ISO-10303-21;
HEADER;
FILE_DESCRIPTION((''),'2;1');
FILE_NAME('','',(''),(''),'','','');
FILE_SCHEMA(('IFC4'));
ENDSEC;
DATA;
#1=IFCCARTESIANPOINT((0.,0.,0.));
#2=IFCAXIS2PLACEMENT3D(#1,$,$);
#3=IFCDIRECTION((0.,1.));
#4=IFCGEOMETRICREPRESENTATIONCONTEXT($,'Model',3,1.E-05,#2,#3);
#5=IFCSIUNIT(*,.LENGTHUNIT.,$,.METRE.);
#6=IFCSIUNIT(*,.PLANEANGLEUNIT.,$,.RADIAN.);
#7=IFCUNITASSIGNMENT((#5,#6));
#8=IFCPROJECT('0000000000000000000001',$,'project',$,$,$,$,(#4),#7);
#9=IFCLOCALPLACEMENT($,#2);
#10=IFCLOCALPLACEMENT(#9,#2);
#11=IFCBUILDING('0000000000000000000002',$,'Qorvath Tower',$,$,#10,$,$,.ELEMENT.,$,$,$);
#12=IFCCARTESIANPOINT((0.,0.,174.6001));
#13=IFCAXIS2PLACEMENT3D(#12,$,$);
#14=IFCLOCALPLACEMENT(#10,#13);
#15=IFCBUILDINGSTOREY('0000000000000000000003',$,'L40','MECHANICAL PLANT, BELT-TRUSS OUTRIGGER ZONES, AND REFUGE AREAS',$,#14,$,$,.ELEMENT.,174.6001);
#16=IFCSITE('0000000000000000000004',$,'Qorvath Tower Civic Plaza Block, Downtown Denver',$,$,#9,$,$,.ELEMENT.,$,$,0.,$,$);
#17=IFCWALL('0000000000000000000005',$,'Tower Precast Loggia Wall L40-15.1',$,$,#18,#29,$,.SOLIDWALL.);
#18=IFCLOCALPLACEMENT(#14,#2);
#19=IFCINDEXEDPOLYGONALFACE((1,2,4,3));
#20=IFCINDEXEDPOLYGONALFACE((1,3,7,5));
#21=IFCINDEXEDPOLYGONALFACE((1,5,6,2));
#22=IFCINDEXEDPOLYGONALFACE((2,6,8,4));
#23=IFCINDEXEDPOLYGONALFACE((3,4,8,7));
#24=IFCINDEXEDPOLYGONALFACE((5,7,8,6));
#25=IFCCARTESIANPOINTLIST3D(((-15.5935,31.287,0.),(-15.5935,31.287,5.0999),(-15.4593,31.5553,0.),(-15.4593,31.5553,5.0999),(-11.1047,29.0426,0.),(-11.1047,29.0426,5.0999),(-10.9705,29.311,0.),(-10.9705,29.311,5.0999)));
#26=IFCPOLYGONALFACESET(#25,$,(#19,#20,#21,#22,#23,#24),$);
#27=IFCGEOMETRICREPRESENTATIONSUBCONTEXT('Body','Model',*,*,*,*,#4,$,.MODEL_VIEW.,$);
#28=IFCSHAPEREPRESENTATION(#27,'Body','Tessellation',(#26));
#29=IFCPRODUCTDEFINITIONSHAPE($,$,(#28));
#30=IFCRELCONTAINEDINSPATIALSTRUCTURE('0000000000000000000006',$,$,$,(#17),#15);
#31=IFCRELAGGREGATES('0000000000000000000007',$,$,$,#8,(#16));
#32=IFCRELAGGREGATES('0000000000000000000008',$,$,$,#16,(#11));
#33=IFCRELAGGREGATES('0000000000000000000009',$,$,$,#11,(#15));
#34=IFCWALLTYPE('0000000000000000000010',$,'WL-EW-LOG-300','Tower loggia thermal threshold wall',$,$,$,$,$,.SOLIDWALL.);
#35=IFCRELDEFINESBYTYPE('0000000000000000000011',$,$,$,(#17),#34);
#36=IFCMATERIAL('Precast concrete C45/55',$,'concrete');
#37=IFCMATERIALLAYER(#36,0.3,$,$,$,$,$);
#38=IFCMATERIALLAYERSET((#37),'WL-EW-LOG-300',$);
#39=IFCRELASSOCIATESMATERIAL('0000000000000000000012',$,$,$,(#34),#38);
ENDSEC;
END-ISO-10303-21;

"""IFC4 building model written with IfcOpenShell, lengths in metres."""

from ifc_helpers import new_model, si_unit, direction, frame, frame_2d, origin, place, context, subcontext, project, spatial, rectangle, extrude, material, layer, layer_set, type_object, element, save


model = new_model("IFC4")

# Units and contexts
model_context = context("Model", 3, precision=1e-05, world=origin(), true_north=direction((0.0, 1.0)))
body_context = subcontext(model_context, "Body", "Model", "MODEL_VIEW")
ifc_project = project(units=[si_unit("LENGTHUNIT", "METRE"), si_unit("PLANEANGLEUNIT", "RADIAN")], contexts=[model_context])

# Site, building, storey
site_placement = place(None, origin())
site = spatial("IfcSite", under=ifc_project, at=site_placement, Name="Qorvath Tower Civic Plaza Block, Downtown Denver", CompositionType="ELEMENT", RefElevation=0.0)
building_placement = place(site_placement, origin())
building = spatial("IfcBuilding", under=site, at=building_placement, Name="Qorvath Tower", CompositionType="ELEMENT")
storey_placement = place(building_placement, frame((0.0, 0.0, 174.6001)))
storey = spatial("IfcBuildingStorey", under=building, at=storey_placement, Name="L40", Description="MECHANICAL PLANT, BELT-TRUSS OUTRIGGER ZONES, AND REFUGE AREAS", CompositionType="ELEMENT", Elevation=174.6001)

# Wall
ifc_material_1 = material(Name="Precast concrete C45/55", Category="concrete")
ifc_layer_1 = layer(ifc_material_1, 0.3)
ifc_layer_set_1 = layer_set([ifc_layer_1], Name="WL-EW-LOG-300")
wall_type_1 = type_object("IfcWallType", Name="WL-EW-LOG-300", Description="Tower loggia thermal threshold wall", PredefinedType="SOLIDWALL", material=ifc_layer_set_1)
wall_1_placement = place(storey_placement, frame((-15.5264, 31.4211, 0.0), z_axis=(0.0, 0.0, 1.0), x_axis=(0.894427, -0.447214, 0.0)))
element("IfcWall", 1, at=wall_1_placement, inside=storey, type_object=wall_type_1, Name="Tower Precast Loggia Wall L40-15.1", PredefinedType="SOLIDWALL", context=body_context, shape_type="SweptSolid", body=[
    extrude(rectangle(XDim=5.0186, YDim=0.3, at=frame_2d((2.5093, 0.0))), origin(), (0.0, 0.0, 1.0), 5.0999),
])

save(model, "model.ifc")
